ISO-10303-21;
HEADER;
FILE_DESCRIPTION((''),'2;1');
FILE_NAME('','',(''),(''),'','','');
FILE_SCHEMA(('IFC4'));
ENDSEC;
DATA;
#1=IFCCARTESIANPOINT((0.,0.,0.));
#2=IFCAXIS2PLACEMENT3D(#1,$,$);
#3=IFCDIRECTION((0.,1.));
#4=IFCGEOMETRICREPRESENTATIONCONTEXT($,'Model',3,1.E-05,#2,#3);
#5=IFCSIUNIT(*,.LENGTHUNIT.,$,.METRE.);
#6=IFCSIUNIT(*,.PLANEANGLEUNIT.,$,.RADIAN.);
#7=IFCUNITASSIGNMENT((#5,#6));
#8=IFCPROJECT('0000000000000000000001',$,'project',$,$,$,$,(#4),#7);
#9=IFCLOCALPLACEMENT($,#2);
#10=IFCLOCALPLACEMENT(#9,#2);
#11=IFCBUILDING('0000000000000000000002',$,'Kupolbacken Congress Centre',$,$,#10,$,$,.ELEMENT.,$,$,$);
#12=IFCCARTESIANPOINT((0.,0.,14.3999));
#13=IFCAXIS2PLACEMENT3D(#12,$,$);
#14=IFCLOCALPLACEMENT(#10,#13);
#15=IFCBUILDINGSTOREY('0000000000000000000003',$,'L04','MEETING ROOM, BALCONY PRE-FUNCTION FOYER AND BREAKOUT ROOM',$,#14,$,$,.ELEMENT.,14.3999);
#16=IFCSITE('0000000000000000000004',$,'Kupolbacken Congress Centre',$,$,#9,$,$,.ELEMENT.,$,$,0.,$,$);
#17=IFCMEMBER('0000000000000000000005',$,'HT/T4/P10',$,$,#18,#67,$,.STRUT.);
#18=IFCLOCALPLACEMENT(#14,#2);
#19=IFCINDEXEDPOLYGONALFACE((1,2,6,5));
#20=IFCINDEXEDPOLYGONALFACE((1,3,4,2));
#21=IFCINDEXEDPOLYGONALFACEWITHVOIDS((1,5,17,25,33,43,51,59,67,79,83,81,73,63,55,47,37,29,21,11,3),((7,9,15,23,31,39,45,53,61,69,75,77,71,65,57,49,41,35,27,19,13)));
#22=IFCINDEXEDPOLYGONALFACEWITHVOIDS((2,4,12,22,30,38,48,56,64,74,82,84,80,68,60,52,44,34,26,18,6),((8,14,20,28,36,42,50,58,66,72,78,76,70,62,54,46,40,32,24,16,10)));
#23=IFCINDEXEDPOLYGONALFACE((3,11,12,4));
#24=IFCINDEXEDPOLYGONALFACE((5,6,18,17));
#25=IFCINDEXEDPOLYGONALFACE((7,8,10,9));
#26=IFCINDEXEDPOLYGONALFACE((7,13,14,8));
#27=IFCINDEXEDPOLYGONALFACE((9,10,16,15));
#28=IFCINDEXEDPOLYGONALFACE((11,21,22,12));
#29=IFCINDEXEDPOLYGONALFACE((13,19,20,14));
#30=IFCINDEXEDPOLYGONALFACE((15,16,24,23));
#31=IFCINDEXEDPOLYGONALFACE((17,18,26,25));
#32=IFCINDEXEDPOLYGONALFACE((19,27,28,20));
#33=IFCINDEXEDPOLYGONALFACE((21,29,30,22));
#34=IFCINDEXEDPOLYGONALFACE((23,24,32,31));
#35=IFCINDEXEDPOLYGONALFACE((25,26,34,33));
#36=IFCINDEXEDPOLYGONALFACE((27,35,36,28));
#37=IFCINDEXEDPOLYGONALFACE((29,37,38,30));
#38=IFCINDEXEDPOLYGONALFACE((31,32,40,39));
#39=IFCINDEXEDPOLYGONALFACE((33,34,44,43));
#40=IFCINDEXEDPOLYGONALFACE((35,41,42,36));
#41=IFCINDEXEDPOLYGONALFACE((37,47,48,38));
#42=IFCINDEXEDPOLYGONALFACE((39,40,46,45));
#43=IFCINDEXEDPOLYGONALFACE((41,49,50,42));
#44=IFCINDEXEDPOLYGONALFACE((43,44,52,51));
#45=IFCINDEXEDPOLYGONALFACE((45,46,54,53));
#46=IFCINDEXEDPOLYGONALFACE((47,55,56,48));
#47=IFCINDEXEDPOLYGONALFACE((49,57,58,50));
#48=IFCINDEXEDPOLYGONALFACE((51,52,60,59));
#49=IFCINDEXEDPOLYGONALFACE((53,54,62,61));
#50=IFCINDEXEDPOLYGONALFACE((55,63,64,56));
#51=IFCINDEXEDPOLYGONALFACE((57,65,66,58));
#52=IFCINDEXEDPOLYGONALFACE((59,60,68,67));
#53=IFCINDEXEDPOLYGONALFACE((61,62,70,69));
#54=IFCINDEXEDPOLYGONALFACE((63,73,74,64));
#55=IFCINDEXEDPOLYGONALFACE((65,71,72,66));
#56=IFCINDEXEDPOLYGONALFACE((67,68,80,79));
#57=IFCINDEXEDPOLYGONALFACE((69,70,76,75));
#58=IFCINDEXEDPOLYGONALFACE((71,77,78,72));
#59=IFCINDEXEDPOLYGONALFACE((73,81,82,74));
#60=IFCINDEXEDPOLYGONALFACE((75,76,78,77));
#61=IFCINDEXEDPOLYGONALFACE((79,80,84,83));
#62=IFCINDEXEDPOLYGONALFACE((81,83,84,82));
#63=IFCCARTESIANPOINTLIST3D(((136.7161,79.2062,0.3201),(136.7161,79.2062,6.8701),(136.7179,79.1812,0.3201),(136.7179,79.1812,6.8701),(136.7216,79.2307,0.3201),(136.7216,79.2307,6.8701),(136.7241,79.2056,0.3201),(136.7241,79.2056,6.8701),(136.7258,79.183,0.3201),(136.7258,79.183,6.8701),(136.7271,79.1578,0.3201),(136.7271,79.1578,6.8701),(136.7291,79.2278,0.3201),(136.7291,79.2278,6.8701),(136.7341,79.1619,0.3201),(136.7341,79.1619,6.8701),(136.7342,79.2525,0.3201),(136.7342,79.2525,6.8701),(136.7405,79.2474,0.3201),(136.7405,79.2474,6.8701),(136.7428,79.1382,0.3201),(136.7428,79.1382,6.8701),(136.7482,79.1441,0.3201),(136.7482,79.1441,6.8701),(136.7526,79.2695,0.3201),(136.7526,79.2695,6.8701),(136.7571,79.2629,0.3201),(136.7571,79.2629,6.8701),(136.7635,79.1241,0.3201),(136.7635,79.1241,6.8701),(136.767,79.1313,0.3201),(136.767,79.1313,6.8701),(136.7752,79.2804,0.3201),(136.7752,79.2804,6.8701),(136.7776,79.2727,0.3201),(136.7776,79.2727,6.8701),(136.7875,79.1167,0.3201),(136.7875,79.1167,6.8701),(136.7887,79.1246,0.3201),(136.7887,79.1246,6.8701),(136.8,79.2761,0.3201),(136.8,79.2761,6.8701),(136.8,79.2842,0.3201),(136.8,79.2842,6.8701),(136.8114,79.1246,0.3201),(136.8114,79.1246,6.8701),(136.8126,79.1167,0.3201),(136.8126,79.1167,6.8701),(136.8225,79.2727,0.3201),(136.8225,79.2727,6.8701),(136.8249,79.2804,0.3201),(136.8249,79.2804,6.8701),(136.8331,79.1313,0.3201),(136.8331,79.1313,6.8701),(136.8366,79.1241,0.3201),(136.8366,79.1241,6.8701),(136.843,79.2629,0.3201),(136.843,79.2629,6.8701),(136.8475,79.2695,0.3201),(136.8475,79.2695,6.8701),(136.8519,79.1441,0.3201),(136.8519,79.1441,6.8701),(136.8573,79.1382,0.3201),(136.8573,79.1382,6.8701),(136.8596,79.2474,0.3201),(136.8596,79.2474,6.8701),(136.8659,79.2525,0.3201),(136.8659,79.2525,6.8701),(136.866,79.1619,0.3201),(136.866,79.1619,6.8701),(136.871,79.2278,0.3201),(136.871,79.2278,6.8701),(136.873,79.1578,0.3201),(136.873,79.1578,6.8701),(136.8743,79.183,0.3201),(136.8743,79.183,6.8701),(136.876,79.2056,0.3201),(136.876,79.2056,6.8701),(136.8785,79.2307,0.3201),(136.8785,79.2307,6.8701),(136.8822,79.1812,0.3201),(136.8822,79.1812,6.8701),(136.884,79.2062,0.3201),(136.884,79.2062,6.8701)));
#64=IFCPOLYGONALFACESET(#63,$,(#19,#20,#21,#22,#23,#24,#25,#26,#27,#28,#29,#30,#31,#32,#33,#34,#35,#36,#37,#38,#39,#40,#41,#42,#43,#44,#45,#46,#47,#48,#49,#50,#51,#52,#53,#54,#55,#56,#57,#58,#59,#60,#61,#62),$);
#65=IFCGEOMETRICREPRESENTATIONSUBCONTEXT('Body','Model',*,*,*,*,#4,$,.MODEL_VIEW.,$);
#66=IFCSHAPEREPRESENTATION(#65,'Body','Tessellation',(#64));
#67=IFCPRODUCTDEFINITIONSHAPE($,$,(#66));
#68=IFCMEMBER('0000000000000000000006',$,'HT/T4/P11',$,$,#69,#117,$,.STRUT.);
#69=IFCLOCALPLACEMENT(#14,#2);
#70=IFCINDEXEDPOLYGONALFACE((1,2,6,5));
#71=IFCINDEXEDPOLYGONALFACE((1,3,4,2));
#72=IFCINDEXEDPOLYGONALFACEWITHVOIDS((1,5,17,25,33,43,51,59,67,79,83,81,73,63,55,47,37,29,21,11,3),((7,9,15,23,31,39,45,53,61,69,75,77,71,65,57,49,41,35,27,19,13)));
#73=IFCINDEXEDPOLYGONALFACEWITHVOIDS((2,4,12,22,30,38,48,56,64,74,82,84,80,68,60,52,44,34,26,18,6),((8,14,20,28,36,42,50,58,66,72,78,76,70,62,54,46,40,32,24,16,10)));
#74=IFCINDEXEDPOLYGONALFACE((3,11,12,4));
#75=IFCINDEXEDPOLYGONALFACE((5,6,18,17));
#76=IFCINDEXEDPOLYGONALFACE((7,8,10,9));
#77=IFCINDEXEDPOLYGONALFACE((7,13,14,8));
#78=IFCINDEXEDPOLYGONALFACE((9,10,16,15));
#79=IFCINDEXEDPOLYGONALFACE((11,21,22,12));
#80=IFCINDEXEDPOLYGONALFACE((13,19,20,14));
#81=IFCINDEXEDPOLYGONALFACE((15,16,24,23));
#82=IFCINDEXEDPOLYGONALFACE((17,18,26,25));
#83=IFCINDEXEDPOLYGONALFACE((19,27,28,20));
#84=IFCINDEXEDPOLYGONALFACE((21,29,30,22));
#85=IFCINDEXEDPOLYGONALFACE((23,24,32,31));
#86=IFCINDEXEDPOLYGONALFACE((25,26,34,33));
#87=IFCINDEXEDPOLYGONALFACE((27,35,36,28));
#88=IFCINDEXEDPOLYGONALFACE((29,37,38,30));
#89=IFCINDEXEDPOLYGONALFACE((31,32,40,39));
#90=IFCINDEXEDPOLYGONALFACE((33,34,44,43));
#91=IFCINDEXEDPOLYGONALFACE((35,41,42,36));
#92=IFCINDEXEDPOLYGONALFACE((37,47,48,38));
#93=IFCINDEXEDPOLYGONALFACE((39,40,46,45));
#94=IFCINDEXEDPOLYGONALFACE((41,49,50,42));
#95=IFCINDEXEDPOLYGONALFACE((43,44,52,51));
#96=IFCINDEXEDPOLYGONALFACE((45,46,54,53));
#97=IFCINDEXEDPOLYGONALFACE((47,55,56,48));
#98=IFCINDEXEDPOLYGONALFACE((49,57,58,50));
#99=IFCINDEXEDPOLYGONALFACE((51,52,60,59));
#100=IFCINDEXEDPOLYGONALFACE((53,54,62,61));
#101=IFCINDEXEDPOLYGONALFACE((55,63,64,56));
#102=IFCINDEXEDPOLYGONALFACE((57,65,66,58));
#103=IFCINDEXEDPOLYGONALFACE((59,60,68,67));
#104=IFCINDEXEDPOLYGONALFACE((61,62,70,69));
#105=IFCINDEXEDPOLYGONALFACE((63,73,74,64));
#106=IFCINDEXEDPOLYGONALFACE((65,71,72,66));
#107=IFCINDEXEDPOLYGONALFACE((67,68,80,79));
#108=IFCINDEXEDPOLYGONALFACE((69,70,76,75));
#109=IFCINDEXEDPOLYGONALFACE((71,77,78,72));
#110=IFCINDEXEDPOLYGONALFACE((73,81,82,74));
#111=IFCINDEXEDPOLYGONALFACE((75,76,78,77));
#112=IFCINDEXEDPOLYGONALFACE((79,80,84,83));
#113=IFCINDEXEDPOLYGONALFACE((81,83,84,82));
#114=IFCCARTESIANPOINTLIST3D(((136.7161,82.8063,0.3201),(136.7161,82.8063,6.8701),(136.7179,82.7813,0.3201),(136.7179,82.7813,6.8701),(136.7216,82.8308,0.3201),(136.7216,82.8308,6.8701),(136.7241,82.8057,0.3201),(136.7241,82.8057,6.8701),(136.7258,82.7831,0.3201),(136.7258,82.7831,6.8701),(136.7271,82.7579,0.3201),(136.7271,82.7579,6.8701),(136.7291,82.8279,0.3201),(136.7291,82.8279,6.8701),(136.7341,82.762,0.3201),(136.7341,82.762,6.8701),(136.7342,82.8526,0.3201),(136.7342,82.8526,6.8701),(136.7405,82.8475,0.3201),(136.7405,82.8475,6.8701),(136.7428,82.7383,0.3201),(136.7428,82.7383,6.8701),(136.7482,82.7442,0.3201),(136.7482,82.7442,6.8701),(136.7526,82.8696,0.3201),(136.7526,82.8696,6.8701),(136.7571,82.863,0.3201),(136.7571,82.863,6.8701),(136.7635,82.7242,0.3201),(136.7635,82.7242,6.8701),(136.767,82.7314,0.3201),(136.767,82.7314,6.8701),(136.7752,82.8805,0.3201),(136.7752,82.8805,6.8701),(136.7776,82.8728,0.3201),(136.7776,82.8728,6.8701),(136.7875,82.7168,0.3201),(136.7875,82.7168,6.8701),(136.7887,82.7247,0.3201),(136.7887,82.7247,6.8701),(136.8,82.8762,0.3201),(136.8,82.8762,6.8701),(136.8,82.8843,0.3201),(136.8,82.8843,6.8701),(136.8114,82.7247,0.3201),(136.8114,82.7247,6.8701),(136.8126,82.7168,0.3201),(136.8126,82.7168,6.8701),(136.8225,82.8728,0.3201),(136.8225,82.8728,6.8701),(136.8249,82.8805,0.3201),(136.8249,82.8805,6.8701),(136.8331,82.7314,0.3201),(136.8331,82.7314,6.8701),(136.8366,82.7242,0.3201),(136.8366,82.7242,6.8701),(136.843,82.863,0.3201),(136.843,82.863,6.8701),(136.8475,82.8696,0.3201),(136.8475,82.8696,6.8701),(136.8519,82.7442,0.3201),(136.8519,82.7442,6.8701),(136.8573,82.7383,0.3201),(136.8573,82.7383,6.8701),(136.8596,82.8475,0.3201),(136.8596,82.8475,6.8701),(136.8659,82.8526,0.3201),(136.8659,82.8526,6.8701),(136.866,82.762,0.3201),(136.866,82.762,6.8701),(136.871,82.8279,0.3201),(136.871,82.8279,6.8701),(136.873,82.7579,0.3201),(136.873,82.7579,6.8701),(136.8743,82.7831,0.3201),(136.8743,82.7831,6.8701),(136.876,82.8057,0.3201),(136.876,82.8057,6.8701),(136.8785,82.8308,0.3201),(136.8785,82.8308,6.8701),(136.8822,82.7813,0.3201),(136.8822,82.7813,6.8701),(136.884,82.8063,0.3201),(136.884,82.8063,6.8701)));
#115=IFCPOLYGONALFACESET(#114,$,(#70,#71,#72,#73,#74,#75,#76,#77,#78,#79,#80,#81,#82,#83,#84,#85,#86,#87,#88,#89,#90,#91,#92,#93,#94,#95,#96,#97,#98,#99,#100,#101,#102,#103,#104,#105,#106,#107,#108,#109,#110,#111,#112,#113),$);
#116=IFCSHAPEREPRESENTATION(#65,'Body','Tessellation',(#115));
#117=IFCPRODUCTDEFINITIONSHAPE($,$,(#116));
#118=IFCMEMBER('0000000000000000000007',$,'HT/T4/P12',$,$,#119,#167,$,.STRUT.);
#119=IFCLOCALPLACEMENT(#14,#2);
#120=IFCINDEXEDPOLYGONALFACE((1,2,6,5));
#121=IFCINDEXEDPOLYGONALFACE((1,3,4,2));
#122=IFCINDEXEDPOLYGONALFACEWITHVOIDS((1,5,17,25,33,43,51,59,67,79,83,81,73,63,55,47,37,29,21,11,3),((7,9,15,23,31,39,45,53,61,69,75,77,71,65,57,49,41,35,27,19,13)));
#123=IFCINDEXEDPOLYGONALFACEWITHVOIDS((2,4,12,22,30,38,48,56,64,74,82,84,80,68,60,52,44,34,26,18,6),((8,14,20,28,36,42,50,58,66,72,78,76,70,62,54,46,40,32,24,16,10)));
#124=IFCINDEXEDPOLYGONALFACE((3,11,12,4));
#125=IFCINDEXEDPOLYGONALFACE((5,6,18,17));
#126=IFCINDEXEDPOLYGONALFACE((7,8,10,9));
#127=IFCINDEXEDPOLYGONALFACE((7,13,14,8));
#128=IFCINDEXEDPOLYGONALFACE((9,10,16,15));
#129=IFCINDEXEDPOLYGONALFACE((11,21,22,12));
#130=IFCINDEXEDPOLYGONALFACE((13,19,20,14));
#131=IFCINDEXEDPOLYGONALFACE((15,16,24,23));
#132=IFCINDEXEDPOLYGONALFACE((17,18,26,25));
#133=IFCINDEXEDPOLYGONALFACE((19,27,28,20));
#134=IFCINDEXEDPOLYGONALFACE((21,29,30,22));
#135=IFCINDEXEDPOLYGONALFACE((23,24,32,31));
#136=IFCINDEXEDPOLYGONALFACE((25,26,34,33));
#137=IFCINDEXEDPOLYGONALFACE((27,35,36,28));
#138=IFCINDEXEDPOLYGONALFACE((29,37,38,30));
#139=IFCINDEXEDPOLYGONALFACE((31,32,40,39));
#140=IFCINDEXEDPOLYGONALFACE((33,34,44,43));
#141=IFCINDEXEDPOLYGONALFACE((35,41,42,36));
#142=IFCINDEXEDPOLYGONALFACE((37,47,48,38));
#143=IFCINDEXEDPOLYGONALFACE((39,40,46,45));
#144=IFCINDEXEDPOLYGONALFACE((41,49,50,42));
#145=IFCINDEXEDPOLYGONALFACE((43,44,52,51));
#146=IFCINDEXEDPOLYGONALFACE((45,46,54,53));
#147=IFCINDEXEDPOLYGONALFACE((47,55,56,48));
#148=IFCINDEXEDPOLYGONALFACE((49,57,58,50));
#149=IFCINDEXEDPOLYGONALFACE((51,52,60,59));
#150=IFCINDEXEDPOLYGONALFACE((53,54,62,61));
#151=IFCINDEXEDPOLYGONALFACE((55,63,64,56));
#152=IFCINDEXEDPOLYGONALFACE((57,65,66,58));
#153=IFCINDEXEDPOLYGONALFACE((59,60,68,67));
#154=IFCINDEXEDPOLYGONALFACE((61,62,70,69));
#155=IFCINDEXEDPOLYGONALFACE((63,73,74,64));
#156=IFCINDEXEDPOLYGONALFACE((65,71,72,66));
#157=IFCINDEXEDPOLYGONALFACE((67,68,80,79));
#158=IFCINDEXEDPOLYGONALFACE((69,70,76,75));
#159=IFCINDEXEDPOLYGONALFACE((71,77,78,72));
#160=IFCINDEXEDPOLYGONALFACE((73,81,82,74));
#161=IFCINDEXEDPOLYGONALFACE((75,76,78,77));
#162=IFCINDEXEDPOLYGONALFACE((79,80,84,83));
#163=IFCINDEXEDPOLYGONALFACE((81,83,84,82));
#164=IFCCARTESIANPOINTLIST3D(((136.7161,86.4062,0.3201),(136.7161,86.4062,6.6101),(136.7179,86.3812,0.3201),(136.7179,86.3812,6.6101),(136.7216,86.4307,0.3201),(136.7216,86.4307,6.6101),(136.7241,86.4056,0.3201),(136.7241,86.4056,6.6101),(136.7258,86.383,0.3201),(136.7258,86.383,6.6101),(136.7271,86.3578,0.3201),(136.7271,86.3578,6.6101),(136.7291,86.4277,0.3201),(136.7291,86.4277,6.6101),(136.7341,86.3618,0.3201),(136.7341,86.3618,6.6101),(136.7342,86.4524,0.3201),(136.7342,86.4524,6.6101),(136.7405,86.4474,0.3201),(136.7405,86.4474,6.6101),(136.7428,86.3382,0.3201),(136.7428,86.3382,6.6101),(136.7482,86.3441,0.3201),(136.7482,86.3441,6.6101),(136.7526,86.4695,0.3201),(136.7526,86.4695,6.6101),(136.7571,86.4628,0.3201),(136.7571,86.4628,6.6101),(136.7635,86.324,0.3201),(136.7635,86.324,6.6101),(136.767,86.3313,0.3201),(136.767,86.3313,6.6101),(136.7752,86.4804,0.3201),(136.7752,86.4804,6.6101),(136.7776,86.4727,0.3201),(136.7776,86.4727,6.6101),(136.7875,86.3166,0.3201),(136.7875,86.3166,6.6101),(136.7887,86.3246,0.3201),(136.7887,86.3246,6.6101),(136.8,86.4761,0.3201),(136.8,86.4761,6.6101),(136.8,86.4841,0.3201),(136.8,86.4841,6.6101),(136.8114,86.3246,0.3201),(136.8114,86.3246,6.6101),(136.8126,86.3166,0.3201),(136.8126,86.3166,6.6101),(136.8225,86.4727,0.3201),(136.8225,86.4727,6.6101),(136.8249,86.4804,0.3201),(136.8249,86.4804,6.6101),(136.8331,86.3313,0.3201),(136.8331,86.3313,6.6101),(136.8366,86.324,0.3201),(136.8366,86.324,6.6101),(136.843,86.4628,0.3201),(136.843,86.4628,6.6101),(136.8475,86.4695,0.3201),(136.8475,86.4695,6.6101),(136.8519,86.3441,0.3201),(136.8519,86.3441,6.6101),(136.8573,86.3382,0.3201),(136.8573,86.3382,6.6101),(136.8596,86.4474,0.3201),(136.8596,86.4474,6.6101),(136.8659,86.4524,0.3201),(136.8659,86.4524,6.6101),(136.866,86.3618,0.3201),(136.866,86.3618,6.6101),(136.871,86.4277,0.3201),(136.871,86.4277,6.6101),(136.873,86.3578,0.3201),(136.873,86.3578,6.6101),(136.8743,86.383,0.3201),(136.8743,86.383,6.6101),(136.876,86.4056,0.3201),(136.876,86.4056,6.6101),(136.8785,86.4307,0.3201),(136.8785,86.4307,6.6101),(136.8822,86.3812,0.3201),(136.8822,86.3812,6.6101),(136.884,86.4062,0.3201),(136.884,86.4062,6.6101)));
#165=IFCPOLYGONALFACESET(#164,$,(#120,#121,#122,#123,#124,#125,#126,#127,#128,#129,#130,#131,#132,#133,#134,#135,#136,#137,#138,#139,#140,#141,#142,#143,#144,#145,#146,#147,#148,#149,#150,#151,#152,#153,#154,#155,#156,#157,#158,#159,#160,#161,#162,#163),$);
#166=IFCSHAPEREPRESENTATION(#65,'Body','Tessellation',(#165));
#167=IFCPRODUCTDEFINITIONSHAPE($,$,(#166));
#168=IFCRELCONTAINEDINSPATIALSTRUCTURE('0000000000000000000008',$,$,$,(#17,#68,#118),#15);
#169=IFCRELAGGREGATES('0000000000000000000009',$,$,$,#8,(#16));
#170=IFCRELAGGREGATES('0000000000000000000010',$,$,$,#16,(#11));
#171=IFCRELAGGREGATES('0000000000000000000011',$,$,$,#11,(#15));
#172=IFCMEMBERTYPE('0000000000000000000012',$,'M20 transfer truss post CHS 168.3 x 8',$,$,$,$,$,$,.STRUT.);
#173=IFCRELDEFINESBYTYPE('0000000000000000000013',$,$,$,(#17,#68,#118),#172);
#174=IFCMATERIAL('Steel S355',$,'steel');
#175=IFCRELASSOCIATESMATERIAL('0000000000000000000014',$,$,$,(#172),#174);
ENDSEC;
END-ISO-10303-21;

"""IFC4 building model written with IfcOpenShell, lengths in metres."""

from ifc_helpers import new_model, si_unit, direction, frame, origin, origin_2d, place, context, subcontext, project, spatial, hollow_circle, extrude, material, material_profile, profile_set, type_object, element, save


model = new_model("IFC4")

# Units and contexts
model_context = context("Model", 3, precision=1e-05, world=origin(), true_north=direction((0.0, 1.0)))
body_context = subcontext(model_context, "Body", "Model", "MODEL_VIEW")
ifc_project = project(units=[si_unit("LENGTHUNIT", "METRE"), si_unit("PLANEANGLEUNIT", "RADIAN")], contexts=[model_context])

# Site, building, storey
site_placement = place(None, origin())
site = spatial("IfcSite", under=ifc_project, at=site_placement, Name="Kupolbacken Congress Centre", CompositionType="ELEMENT", RefElevation=0.0)
building_placement = place(site_placement, origin())
building = spatial("IfcBuilding", under=site, at=building_placement, Name="Kupolbacken Congress Centre", CompositionType="ELEMENT")
storey_placement = place(building_placement, frame((0.0, 0.0, 14.3999)))
storey = spatial("IfcBuildingStorey", under=building, at=storey_placement, Name="L04", Description="MEETING ROOM, BALCONY PRE-FUNCTION FOYER AND BREAKOUT ROOM", CompositionType="ELEMENT", Elevation=14.3999)

# Members
ifc_material_1 = material(Name="Steel S355", Category="steel")
ifc_material_profile_1 = material_profile(ifc_material_1, hollow_circle(Radius=0.0842, WallThickness=0.0081, at=origin_2d()), Name="CHS 168.3 x 8")
ifc_profile_set_1 = profile_set([ifc_material_profile_1], Name="Steel S355")
member_type_1 = type_object("IfcMemberType", Name="M20 transfer truss post CHS 168.3 x 8", PredefinedType="STRUT", material=ifc_profile_set_1)
for number, where, z_axis, x_axis, name in (
    (1, (136.8, 79.2, 0.3201), (0.0, 0.0, 1.0), (0.0, 1.0, 0.0), "HT/T4/P10"),
    (2, (136.8, 82.8, 0.3201), (0.0, 0.0, 1.0), (0.0, 1.0, 0.0), "HT/T4/P11"),
):
    element("IfcMember", number, at=place(storey_placement, frame(where, z_axis=z_axis, x_axis=x_axis)), inside=storey, type_object=member_type_1, Name=name, PredefinedType="STRUT", context=body_context, shape_type="SweptSolid", body=[
        extrude(hollow_circle(Radius=0.0842, WallThickness=0.0081, at=origin_2d()), origin(), (0.0, 0.0, 1.0), 6.55),
    ])
for number, where, z_axis, x_axis, name in (
    (3, (136.8, 86.3999, 0.3201), (0.0, 0.0, 1.0), (0.0, 1.0, 0.0), "HT/T4/P12"),
):
    element("IfcMember", number, at=place(storey_placement, frame(where, z_axis=z_axis, x_axis=x_axis)), inside=storey, type_object=member_type_1, Name=name, PredefinedType="STRUT", context=body_context, shape_type="SweptSolid", body=[
        extrude(hollow_circle(Radius=0.0842, WallThickness=0.0081, at=origin_2d()), origin(), (0.0, 0.0, 1.0), 6.29),
    ])

save(model, "model.ifc")
